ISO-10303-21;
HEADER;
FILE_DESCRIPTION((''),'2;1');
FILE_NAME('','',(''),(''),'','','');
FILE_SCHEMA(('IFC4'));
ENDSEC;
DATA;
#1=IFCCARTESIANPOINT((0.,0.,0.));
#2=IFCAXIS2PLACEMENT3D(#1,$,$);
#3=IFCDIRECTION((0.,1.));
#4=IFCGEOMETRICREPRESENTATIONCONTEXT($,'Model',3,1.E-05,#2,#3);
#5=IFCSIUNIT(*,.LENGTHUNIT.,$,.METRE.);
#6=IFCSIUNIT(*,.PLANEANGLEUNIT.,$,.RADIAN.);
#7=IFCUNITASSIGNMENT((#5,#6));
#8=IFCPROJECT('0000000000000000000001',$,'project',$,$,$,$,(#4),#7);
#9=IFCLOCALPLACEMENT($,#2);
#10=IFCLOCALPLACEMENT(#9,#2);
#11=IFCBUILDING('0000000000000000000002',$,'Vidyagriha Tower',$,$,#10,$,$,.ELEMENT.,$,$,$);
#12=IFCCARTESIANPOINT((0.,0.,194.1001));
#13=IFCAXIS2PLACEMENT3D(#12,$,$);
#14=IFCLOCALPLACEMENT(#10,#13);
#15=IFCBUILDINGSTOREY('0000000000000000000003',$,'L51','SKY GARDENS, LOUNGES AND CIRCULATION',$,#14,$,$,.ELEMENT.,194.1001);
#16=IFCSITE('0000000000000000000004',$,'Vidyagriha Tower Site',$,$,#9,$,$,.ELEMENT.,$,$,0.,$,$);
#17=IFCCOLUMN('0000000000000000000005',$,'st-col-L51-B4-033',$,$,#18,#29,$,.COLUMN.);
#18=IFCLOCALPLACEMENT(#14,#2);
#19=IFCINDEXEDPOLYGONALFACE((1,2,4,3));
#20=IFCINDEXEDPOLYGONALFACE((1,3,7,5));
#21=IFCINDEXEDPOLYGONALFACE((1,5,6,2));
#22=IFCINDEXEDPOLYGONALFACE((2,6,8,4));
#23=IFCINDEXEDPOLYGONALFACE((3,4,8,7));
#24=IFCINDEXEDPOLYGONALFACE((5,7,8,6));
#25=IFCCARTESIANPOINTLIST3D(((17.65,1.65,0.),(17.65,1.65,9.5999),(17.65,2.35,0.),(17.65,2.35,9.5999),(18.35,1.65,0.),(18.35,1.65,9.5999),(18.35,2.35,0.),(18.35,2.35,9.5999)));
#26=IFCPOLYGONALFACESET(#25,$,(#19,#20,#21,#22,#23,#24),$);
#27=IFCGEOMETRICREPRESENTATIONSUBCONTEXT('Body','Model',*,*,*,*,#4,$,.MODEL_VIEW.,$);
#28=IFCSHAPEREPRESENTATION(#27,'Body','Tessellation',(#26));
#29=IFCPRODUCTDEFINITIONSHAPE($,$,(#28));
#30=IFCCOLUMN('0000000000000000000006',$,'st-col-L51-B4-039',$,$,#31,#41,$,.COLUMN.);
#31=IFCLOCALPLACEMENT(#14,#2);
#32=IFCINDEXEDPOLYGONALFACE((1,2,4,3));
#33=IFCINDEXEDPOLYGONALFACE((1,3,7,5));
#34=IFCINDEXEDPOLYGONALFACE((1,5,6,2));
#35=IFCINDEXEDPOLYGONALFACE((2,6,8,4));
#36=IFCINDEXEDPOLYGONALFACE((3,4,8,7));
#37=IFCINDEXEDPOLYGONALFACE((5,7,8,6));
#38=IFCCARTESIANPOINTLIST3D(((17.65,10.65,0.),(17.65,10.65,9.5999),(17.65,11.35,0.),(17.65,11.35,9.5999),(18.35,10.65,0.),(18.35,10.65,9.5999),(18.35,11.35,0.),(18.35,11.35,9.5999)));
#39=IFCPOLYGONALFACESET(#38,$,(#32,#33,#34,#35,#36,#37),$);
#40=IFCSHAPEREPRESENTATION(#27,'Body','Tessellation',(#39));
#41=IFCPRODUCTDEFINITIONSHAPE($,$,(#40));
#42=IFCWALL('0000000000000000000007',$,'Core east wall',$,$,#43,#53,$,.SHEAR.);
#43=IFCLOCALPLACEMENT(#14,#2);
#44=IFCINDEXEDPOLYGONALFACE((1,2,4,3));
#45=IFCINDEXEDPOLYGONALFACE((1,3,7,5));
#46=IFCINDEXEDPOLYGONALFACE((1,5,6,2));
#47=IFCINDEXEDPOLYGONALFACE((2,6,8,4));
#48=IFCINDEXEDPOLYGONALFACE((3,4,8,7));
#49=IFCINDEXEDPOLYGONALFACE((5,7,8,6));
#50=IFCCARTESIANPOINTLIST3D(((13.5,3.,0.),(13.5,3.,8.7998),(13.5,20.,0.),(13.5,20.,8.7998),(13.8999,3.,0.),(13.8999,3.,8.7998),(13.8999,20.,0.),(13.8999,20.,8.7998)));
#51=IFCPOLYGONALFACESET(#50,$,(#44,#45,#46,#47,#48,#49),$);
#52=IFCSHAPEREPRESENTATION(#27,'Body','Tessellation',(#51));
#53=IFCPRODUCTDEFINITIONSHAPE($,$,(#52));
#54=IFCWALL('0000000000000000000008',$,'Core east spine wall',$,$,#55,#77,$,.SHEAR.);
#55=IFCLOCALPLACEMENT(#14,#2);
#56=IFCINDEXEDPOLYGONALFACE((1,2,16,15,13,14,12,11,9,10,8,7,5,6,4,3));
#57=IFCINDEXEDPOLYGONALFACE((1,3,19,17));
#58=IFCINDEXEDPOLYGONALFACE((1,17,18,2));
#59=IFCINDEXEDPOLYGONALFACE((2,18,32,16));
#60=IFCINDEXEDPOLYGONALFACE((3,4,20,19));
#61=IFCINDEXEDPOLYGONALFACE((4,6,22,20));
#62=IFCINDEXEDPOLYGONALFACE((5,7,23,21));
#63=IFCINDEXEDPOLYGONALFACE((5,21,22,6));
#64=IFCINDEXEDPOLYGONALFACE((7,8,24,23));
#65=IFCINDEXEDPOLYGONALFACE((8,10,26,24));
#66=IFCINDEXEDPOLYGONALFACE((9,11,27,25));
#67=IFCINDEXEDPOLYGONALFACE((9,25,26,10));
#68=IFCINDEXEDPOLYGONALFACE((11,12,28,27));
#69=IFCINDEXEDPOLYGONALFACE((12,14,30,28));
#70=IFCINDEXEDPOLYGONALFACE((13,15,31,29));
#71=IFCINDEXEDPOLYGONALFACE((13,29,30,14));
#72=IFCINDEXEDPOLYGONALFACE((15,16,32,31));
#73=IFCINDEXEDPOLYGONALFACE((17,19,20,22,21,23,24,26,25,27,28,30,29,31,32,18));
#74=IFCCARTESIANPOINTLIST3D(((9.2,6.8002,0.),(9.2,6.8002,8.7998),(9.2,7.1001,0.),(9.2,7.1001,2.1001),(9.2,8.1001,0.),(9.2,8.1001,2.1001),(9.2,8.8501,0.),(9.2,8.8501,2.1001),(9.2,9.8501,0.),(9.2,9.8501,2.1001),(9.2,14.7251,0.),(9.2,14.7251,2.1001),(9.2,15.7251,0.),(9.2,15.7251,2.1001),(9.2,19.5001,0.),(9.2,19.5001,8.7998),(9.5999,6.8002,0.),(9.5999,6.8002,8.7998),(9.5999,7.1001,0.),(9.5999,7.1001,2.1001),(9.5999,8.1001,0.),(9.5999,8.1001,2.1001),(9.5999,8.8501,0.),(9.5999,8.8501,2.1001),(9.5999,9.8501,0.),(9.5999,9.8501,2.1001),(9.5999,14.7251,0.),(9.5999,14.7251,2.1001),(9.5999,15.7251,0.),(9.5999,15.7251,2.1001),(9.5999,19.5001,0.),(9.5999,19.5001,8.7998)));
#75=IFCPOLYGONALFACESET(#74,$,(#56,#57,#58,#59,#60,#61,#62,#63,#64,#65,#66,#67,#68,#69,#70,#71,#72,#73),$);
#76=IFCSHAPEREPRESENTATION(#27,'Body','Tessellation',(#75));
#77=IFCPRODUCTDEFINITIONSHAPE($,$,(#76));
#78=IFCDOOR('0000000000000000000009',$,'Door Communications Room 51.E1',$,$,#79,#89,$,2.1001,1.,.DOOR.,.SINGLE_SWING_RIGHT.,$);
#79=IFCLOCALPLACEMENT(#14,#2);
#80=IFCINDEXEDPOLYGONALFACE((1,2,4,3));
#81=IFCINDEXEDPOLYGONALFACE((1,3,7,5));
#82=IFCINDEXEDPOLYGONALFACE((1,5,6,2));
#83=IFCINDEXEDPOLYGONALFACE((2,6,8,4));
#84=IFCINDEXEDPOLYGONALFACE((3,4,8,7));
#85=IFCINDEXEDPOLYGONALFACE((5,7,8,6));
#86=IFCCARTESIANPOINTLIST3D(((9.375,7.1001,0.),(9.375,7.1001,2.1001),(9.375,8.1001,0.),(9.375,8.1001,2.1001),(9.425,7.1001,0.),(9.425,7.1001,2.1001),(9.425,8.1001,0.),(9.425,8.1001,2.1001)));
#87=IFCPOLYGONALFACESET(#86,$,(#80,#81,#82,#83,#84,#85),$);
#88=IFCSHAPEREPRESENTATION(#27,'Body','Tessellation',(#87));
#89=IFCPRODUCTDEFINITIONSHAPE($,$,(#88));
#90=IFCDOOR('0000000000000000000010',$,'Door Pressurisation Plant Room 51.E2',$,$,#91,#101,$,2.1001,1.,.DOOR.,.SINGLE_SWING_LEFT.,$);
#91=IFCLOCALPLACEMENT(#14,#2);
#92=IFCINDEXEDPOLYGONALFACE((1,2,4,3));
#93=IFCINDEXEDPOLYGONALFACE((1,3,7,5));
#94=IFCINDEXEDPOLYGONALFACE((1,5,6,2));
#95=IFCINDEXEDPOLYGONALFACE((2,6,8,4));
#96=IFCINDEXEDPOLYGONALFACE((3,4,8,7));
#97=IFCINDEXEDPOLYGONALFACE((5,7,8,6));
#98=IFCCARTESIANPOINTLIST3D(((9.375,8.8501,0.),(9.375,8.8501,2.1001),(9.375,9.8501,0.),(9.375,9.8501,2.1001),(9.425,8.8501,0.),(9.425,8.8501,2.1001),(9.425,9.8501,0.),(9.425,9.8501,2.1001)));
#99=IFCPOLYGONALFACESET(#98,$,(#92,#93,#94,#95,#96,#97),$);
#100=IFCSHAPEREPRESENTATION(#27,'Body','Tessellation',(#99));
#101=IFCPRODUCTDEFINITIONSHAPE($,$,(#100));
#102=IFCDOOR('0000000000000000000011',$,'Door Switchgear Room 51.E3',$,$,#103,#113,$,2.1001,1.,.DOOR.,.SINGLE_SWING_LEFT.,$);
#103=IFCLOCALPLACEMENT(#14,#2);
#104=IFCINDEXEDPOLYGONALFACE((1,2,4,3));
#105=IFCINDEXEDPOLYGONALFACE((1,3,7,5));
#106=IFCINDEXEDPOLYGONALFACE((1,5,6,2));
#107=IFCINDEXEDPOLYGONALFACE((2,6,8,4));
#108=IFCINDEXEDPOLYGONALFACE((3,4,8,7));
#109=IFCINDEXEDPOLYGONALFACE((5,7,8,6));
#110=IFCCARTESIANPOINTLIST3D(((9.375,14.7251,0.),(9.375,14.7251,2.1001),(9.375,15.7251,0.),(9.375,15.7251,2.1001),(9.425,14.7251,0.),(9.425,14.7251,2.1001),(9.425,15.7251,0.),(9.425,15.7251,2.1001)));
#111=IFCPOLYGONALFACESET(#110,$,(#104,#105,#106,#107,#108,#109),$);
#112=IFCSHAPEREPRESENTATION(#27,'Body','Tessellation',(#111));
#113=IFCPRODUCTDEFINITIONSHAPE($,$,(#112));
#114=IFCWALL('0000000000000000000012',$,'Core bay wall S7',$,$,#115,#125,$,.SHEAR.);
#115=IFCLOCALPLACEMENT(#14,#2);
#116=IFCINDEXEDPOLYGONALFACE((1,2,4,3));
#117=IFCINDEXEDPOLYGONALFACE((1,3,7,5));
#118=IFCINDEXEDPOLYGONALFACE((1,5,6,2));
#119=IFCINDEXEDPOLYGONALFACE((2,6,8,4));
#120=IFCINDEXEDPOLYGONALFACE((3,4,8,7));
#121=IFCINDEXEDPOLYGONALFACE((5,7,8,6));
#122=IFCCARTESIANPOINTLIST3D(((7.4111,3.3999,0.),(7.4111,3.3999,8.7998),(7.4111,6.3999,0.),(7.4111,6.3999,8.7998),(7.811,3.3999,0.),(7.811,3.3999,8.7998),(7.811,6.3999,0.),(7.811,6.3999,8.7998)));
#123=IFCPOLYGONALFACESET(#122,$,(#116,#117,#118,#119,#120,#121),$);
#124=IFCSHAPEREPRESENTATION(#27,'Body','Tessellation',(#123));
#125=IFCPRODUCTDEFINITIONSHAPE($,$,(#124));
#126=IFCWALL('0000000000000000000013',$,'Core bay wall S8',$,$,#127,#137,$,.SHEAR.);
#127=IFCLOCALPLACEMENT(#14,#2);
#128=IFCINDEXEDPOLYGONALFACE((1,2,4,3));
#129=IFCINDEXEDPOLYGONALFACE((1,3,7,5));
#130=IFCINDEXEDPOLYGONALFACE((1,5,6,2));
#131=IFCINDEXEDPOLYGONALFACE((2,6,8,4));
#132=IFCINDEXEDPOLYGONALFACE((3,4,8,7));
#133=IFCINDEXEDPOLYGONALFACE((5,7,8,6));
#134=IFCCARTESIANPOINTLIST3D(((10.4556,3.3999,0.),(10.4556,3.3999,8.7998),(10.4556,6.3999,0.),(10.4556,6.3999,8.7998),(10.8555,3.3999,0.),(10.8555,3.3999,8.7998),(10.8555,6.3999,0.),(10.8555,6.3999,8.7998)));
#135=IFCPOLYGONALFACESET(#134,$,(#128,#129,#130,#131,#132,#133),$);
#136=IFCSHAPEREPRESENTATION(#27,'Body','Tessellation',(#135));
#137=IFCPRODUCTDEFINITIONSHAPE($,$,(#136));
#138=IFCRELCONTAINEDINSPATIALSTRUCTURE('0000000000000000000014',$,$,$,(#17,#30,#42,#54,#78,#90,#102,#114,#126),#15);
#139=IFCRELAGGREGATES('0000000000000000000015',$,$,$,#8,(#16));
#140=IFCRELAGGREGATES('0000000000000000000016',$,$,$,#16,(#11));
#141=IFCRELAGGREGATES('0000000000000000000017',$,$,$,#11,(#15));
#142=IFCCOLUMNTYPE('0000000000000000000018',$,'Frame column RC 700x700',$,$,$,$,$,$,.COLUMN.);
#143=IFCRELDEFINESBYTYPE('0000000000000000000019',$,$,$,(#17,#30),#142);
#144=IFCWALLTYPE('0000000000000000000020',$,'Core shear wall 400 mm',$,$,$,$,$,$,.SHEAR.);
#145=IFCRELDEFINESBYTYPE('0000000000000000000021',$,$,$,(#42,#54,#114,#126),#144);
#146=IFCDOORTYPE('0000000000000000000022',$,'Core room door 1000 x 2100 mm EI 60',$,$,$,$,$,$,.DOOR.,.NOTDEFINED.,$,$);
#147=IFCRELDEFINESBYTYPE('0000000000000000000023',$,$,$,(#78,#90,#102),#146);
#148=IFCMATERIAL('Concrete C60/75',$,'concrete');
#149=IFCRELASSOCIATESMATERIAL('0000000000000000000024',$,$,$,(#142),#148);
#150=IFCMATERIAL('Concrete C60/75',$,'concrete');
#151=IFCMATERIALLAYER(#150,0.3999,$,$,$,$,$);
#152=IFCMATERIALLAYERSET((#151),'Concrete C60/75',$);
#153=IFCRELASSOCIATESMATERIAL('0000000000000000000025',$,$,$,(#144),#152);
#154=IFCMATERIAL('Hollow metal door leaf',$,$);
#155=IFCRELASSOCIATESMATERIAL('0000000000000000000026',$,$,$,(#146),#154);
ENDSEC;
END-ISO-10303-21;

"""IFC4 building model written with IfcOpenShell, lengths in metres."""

from ifc_helpers import new_model, si_unit, direction, frame, frame_2d, origin, origin_2d, place, context, subcontext, project, spatial, rectangle, extrude, material, layer, layer_set, material_profile, profile_set, type_object, element, fill, save


model = new_model("IFC4")

# Units and contexts
model_context = context("Model", 3, precision=1e-05, world=origin(), true_north=direction((0.0, 1.0)))
body_context = subcontext(model_context, "Body", "Model", "MODEL_VIEW")
ifc_project = project(units=[si_unit("LENGTHUNIT", "METRE"), si_unit("PLANEANGLEUNIT", "RADIAN")], contexts=[model_context])

# Site, building, storey
site_placement = place(None, origin())
site = spatial("IfcSite", under=ifc_project, at=site_placement, Name="Vidyagriha Tower Site", CompositionType="ELEMENT", RefElevation=0.0)
building_placement = place(site_placement, origin())
building = spatial("IfcBuilding", under=site, at=building_placement, Name="Vidyagriha Tower", CompositionType="ELEMENT")
storey_placement = place(building_placement, frame((0.0, 0.0, 194.1001)))
storey = spatial("IfcBuildingStorey", under=building, at=storey_placement, Name="L51", Description="SKY GARDENS, LOUNGES AND CIRCULATION", CompositionType="ELEMENT", Elevation=194.1001)

# Columns
ifc_material_1 = material(Name="Concrete C60/75", Category="concrete")
ifc_material_profile = material_profile(ifc_material_1, rectangle(XDim=0.7, YDim=0.7, at=origin_2d()), Name="RC 700x700")
ifc_profile_set = profile_set([ifc_material_profile], Name="Concrete C60/75")
column_type = type_object("IfcColumnType", Name="Frame column RC 700x700", PredefinedType="COLUMN", material=ifc_profile_set)
for number, where, name in (
    (1, (18.0, 2.0, 0.0), "st-col-L51-B4-033"),
    (2, (18.0, 11.0, 0.0), "st-col-L51-B4-039"),
):
    element("IfcColumn", number, at=place(storey_placement, frame(where)), inside=storey, type_object=column_type, Name=name, PredefinedType="COLUMN", context=body_context, shape_type="SweptSolid", body=[
        extrude(rectangle(XDim=0.7, YDim=0.7, at=origin_2d()), origin(), (0.0, 0.0, 1.0), 9.5999),
    ])

# Wall
ifc_material_2 = material(Name="Concrete C60/75", Category="concrete")
ifc_layer_1 = layer(ifc_material_2, 0.3999)
ifc_layer_set_1 = layer_set([ifc_layer_1], Name="Concrete C60/75")
wall_type_1 = type_object("IfcWallType", Name="Core shear wall 400 mm", PredefinedType="SHEAR", material=ifc_layer_set_1)
wall_1_placement = place(storey_placement, frame((13.7, 3.0, 0.0), z_axis=(0.0, 0.0, 1.0), x_axis=(0.0, 1.0, 0.0)))
element("IfcWall", 3, at=wall_1_placement, inside=storey, type_object=wall_type_1, Name="Core east wall", PredefinedType="SHEAR", context=body_context, shape_type="SweptSolid", body=[
    extrude(rectangle(XDim=17.0, YDim=0.3999, at=frame_2d((8.5, 0.0))), origin(), (0.0, 0.0, 1.0), 8.7998),
])

# Wall, openings, doors
wall_2_placement = place(storey_placement, frame((9.3999, 6.8, 0.0), z_axis=(0.0, 0.0, 1.0), x_axis=(0.0, 1.0, 0.0)))
wall_2 = element("IfcWall", 4, at=wall_2_placement, inside=storey, type_object=wall_type_1, Name="Core east spine wall", PredefinedType="SHEAR", context=body_context, shape_type="SweptSolid", body=[
    extrude(rectangle(XDim=12.7, YDim=0.3999, at=frame_2d((6.3501, 0.0))), origin(), (0.0, 0.0, 1.0), 8.7998),
])
opening_1_placement = place(wall_2_placement, frame((0.3, 0.0, 0.0)))
opening_1 = element("IfcOpeningElement", 5, at=opening_1_placement, cuts=wall_2, PredefinedType="OPENING", context=body_context, shape_type="SweptSolid", body=[
    extrude(rectangle(XDim=1.0, YDim=2.1001, at=frame_2d((0.5, 1.05))), frame((0.0, 0.21, 0.0), z_axis=(0.0, -1.0, 0.0), x_axis=(1.0, 0.0, 0.0)), (0.0, 0.0, 1.0), 0.4199),
])
opening_2_placement = place(wall_2_placement, frame((2.05, 0.0, 0.0)))
opening_2 = element("IfcOpeningElement", 6, at=opening_2_placement, cuts=wall_2, PredefinedType="OPENING", context=body_context, shape_type="SweptSolid", body=[
    extrude(rectangle(XDim=1.0, YDim=2.1001, at=frame_2d((0.5, 1.05))), frame((0.0, 0.21, 0.0), z_axis=(0.0, -1.0, 0.0), x_axis=(1.0, 0.0, 0.0)), (0.0, 0.0, 1.0), 0.4199),
])
opening_3_placement = place(wall_2_placement, frame((7.925, 0.0, 0.0)))
opening_3 = element("IfcOpeningElement", 7, at=opening_3_placement, cuts=wall_2, PredefinedType="OPENING", context=body_context, shape_type="SweptSolid", body=[
    extrude(rectangle(XDim=1.0, YDim=2.1001, at=frame_2d((0.5, 1.05))), frame((0.0, 0.21, 0.0), z_axis=(0.0, -1.0, 0.0), x_axis=(1.0, 0.0, 0.0)), (0.0, 0.0, 1.0), 0.4199),
])
ifc_material_3 = material(Name="Hollow metal door leaf")
door_type_1 = type_object("IfcDoorType", Name="Core room door 1000 x 2100 mm EI 60", OperationType="NOTDEFINED", PredefinedType="DOOR", material=ifc_material_3)
door_1_placement = place(opening_1_placement, origin())
door_1 = element("IfcDoor", 8, at=door_1_placement, inside=storey, type_object=door_type_1, Name="Door Communications Room 51.E1", OperationType="SINGLE_SWING_RIGHT", OverallHeight=2.1001, OverallWidth=1.0, PredefinedType="DOOR", context=body_context, shape_type="SweptSolid", body=[
    extrude(rectangle(XDim=1.0, YDim=2.1001, at=frame_2d((0.5, 1.05))), frame((0.0, 0.0249, 0.0), z_axis=(0.0, -1.0, 0.0), x_axis=(1.0, 0.0, 0.0)), (0.0, 0.0, 1.0), 0.05),
])
fill(opening_1, door_1)
door_2_placement = place(opening_2_placement, origin())
door_2 = element("IfcDoor", 9, at=door_2_placement, inside=storey, type_object=door_type_1, Name="Door Pressurisation Plant Room 51.E2", OperationType="SINGLE_SWING_LEFT", OverallHeight=2.1001, OverallWidth=1.0, PredefinedType="DOOR", context=body_context, shape_type="SweptSolid", body=[
    extrude(rectangle(XDim=1.0, YDim=2.1001, at=frame_2d((0.5, 1.05))), frame((0.0, 0.0249, 0.0), z_axis=(0.0, -1.0, 0.0), x_axis=(1.0, 0.0, 0.0)), (0.0, 0.0, 1.0), 0.05),
])
fill(opening_2, door_2)
door_3_placement = place(opening_3_placement, origin())
door_3 = element("IfcDoor", 10, at=door_3_placement, inside=storey, type_object=door_type_1, Name="Door Switchgear Room 51.E3", OperationType="SINGLE_SWING_LEFT", OverallHeight=2.1001, OverallWidth=1.0, PredefinedType="DOOR", context=body_context, shape_type="SweptSolid", body=[
    extrude(rectangle(XDim=1.0, YDim=2.1001, at=frame_2d((0.5, 1.05))), frame((0.0, 0.0249, 0.0), z_axis=(0.0, -1.0, 0.0), x_axis=(1.0, 0.0, 0.0)), (0.0, 0.0, 1.0), 0.05),
])
fill(opening_3, door_3)

# Walls
for number, where, z_axis, x_axis, name in (
    (11, (7.6111, 3.3999, 0.0), (0.0, 0.0, 1.0), (0.0, 1.0, 0.0), "Core bay wall S7"),
    (12, (10.6555, 3.3999, 0.0), (0.0, 0.0, 1.0), (0.0, 1.0, 0.0), "Core bay wall S8"),
):
    element("IfcWall", number, at=place(storey_placement, frame(where, z_axis=z_axis, x_axis=x_axis)), inside=storey, type_object=wall_type_1, Name=name, PredefinedType="SHEAR", context=body_context, shape_type="SweptSolid", body=[
        extrude(rectangle(XDim=3.0, YDim=0.3999, at=frame_2d((1.5, 0.0))), origin(), (0.0, 0.0, 1.0), 8.7998),
    ])

save(model, "model.ifc")
